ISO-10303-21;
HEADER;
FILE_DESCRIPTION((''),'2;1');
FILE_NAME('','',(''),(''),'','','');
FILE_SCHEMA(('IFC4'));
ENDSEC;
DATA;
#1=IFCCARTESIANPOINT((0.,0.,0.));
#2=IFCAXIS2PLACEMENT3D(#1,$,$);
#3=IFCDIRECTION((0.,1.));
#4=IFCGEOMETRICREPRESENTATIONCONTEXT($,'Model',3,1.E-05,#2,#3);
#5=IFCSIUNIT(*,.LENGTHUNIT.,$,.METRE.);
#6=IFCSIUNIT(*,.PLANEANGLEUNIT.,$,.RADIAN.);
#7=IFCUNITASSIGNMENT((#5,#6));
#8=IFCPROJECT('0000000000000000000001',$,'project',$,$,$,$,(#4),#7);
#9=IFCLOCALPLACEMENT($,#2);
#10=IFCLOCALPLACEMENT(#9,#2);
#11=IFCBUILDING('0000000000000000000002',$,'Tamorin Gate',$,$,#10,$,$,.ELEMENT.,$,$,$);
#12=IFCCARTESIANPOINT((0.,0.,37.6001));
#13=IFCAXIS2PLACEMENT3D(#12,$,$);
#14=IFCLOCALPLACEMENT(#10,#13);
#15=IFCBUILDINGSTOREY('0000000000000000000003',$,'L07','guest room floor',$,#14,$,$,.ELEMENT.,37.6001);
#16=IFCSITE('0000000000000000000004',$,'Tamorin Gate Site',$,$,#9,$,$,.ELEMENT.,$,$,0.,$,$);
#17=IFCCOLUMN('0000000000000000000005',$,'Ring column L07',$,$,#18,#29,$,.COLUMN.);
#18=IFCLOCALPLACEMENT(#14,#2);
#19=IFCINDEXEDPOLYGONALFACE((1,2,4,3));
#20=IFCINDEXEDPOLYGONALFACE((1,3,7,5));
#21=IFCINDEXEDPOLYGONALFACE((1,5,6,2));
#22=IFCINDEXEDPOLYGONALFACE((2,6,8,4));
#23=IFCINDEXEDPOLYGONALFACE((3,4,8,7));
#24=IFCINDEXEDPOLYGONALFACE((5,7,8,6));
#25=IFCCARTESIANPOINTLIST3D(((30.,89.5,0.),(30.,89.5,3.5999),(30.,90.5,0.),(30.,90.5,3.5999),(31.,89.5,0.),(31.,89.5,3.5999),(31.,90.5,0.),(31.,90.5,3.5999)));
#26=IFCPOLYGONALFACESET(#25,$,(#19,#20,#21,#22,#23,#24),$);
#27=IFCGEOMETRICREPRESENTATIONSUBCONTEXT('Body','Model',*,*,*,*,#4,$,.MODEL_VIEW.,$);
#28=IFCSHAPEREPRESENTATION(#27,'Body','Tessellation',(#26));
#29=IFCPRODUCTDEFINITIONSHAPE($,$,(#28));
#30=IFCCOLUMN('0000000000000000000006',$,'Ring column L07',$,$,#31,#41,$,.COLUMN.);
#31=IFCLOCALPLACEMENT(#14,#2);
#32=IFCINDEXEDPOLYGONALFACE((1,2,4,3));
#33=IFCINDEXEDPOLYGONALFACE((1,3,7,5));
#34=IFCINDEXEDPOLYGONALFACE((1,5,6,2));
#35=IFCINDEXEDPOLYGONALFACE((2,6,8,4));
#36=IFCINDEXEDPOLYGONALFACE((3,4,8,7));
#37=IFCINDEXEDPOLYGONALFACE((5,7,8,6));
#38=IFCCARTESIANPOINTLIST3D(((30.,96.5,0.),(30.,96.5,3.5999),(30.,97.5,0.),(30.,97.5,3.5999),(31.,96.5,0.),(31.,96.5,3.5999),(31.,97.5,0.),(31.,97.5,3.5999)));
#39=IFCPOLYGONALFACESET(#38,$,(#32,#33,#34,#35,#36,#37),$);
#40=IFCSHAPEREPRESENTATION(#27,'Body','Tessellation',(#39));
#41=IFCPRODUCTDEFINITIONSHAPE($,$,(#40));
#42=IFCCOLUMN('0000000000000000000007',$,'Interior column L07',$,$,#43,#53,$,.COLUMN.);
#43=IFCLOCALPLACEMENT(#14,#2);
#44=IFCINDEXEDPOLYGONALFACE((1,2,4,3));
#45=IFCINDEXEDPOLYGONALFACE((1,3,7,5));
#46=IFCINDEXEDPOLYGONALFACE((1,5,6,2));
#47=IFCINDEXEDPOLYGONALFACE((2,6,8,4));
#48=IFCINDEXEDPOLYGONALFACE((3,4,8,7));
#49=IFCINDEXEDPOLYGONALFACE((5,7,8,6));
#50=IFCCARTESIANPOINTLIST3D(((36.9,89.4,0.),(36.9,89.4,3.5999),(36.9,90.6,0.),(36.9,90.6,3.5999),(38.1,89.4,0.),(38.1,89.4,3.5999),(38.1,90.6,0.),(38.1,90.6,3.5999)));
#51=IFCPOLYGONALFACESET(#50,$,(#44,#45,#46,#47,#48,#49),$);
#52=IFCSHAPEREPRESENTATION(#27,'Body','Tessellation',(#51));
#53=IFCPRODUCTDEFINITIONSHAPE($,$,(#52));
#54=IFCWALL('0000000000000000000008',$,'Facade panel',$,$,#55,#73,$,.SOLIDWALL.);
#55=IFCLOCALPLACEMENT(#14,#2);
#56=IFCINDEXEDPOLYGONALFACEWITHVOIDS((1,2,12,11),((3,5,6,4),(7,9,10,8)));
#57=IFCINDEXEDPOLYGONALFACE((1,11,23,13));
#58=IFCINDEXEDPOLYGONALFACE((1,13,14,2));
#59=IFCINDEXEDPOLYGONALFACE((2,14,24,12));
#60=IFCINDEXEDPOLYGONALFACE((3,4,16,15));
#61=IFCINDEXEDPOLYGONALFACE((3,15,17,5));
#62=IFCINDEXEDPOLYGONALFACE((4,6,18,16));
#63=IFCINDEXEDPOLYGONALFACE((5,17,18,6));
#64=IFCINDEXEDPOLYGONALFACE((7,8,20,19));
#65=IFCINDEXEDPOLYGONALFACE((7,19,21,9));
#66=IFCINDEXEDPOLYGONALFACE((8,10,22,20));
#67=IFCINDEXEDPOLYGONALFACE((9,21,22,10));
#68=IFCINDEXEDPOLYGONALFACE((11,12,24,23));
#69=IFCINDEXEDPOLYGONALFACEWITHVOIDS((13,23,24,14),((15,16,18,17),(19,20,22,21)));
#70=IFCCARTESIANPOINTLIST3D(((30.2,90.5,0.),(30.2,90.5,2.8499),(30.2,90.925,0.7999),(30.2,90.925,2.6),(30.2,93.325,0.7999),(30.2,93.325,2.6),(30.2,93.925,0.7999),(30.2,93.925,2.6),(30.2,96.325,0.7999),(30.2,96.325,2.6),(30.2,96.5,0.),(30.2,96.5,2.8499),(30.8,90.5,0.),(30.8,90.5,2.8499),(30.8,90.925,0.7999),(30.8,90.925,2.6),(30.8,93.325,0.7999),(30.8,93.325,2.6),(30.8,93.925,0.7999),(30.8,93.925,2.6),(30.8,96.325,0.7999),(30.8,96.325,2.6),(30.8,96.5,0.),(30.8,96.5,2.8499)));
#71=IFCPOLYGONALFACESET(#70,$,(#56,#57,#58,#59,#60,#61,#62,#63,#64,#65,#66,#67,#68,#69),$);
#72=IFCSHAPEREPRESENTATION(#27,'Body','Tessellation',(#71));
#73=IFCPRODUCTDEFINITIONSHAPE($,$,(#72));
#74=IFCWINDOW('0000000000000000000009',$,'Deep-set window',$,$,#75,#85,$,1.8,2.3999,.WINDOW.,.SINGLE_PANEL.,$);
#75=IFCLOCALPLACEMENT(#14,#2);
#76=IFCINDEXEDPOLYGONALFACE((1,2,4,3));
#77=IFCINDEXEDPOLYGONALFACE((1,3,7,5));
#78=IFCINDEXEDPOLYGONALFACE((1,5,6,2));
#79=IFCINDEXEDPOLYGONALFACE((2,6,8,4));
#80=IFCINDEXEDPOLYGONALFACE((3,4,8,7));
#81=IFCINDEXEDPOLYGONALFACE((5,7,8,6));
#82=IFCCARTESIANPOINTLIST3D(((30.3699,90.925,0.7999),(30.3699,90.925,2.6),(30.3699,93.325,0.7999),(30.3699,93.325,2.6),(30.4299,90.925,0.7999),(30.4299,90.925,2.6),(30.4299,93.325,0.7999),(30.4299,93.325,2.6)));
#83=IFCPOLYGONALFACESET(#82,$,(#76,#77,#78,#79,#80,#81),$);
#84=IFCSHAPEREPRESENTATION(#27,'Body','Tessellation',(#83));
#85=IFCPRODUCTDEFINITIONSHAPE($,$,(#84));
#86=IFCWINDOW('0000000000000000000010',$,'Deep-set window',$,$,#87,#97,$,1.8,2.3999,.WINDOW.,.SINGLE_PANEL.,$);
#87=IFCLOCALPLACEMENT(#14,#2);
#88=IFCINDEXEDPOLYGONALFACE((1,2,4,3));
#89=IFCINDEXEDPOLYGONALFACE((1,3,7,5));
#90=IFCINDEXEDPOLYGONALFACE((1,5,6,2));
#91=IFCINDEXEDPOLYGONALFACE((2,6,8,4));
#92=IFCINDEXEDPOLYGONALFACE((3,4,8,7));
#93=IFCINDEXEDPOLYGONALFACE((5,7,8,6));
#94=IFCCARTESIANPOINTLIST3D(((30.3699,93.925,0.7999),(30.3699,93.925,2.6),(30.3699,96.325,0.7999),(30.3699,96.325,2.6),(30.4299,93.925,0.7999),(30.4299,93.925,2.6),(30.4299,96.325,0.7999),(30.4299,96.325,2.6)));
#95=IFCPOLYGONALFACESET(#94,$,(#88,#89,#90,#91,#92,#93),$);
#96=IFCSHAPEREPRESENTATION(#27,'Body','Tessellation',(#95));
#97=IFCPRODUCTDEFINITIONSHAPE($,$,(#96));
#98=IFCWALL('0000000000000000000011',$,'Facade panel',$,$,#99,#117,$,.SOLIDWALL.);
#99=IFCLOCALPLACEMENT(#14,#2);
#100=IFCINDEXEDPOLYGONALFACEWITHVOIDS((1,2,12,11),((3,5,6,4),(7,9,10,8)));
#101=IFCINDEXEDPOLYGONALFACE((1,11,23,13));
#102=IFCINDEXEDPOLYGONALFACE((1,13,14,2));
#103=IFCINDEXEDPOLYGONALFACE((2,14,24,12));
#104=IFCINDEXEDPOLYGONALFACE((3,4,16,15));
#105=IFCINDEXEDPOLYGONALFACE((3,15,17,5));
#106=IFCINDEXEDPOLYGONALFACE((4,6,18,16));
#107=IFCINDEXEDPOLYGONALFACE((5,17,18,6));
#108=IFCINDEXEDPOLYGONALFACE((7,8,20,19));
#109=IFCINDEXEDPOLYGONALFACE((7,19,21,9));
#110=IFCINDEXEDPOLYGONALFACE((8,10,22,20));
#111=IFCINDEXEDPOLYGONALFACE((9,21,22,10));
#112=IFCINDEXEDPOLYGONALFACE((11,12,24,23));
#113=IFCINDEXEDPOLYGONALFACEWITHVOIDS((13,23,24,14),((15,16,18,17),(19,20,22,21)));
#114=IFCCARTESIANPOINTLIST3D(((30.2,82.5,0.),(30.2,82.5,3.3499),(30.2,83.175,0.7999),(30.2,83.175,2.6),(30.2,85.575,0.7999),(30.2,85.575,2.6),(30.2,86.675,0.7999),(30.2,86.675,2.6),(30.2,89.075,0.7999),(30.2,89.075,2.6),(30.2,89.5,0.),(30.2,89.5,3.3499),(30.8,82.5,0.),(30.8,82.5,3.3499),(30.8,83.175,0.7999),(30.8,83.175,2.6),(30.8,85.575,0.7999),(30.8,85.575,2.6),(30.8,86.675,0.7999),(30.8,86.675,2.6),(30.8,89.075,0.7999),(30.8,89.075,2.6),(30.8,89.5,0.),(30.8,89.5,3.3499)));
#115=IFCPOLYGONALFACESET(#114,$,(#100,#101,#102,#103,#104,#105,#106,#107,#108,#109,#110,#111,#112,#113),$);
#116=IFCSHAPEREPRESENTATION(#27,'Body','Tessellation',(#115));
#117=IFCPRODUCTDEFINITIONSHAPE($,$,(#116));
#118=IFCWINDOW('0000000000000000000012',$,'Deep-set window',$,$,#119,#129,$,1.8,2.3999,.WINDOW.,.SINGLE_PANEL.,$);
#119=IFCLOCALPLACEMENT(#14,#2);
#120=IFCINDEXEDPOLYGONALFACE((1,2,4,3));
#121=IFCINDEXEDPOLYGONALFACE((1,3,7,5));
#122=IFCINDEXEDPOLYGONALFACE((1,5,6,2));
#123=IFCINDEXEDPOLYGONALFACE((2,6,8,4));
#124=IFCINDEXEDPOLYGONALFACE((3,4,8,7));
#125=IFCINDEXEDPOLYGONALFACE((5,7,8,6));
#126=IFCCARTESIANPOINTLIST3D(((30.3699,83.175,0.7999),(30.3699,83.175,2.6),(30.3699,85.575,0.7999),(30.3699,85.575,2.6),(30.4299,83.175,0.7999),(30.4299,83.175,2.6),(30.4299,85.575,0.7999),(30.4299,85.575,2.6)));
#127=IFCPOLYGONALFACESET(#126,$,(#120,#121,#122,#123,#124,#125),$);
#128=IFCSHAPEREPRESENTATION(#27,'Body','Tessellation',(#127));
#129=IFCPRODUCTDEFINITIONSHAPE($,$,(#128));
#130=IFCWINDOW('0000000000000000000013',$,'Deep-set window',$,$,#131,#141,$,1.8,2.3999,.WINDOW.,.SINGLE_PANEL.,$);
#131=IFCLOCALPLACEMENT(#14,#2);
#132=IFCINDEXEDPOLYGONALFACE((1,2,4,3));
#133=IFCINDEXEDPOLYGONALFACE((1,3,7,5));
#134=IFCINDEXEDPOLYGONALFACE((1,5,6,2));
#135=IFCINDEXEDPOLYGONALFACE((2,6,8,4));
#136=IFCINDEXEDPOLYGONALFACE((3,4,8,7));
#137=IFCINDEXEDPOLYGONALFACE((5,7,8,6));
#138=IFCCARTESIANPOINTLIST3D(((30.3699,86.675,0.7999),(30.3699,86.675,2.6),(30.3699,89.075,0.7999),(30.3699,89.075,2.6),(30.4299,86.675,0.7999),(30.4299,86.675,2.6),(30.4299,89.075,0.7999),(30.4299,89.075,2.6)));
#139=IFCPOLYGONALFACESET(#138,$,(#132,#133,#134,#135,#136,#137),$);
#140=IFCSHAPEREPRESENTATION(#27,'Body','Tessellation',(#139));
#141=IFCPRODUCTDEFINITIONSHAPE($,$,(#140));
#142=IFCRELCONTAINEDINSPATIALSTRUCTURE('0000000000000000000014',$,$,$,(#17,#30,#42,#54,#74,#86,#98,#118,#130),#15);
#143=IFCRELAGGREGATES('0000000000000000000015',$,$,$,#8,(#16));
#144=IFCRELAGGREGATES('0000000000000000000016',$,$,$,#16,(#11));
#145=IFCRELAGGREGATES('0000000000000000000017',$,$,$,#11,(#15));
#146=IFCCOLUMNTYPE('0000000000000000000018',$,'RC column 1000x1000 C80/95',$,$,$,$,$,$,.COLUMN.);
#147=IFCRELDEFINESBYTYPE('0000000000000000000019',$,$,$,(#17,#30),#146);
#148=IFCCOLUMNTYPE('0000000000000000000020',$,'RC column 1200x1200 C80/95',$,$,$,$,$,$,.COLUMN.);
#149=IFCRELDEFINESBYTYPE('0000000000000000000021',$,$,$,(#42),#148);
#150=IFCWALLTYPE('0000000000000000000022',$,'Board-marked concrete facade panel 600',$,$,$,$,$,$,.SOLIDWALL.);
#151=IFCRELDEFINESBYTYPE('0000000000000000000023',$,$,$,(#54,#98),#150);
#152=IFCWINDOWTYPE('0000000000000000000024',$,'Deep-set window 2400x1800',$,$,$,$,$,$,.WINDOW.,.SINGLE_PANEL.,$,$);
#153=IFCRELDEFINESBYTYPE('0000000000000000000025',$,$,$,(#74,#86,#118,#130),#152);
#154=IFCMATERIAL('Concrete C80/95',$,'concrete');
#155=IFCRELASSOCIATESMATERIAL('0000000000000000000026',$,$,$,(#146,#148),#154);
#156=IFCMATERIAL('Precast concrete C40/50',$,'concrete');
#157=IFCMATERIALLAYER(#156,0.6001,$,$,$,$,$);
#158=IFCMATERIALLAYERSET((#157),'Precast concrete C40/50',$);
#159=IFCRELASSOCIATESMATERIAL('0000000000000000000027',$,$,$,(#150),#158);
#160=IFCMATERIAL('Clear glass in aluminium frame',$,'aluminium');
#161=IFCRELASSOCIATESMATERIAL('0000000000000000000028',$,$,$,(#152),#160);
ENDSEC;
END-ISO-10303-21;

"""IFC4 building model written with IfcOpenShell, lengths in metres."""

from ifc_helpers import new_model, si_unit, direction, frame, frame_2d, origin, origin_2d, place, context, subcontext, project, spatial, rectangle, extrude, material, layer, layer_set, material_profile, profile_set, type_object, element, fill, save


model = new_model("IFC4")

# Units and contexts
model_context = context("Model", 3, precision=1e-05, world=origin(), true_north=direction((0.0, 1.0)))
body_context = subcontext(model_context, "Body", "Model", "MODEL_VIEW")
ifc_project = project(units=[si_unit("LENGTHUNIT", "METRE"), si_unit("PLANEANGLEUNIT", "RADIAN")], contexts=[model_context])

# Site, building, storey
site_placement = place(None, origin())
site = spatial("IfcSite", under=ifc_project, at=site_placement, Name="Tamorin Gate Site", CompositionType="ELEMENT", RefElevation=0.0)
building_placement = place(site_placement, origin())
building = spatial("IfcBuilding", under=site, at=building_placement, Name="Tamorin Gate", CompositionType="ELEMENT")
storey_placement = place(building_placement, frame((0.0, 0.0, 37.6001)))
storey = spatial("IfcBuildingStorey", under=building, at=storey_placement, Name="L07", Description="guest room floor", CompositionType="ELEMENT", Elevation=37.6001)

# Columns
ifc_material_1 = material(Name="Concrete C80/95", Category="concrete")
ifc_material_profile_1 = material_profile(ifc_material_1, rectangle(XDim=1.0, YDim=1.0, at=origin_2d()), Name="RC 1000x1000")
ifc_profile_set_1 = profile_set([ifc_material_profile_1], Name="Concrete C80/95")
column_type_1 = type_object("IfcColumnType", Name="RC column 1000x1000 C80/95", PredefinedType="COLUMN", material=ifc_profile_set_1)
for number, where, z_axis, x_axis, name in (
    (1, (30.5, 90.0, 0.0), (0.0, 0.0, 1.0), (1.0, 0.0, 0.0), "Ring column L07"),
    (2, (30.5, 97.0, 0.0), (0.0, 0.0, 1.0), (1.0, 0.0, 0.0), "Ring column L07"),
):
    element("IfcColumn", number, at=place(storey_placement, frame(where, z_axis=z_axis, x_axis=x_axis)), inside=storey, type_object=column_type_1, Name=name, PredefinedType="COLUMN", context=body_context, shape_type="SweptSolid", body=[
        extrude(rectangle(XDim=1.0, YDim=1.0, at=origin_2d()), origin(), (0.0, 0.0, 1.0), 3.5999),
    ])
ifc_material_profile_2 = material_profile(ifc_material_1, rectangle(XDim=1.2, YDim=1.2, at=origin_2d()), Name="RC 1200x1200")
ifc_profile_set_2 = profile_set([ifc_material_profile_2], Name="Concrete C80/95")
column_type_2 = type_object("IfcColumnType", Name="RC column 1200x1200 C80/95", PredefinedType="COLUMN", material=ifc_profile_set_2)
column_placement = place(storey_placement, frame((37.5, 90.0, 0.0), z_axis=(0.0, 0.0, 1.0), x_axis=(1.0, 0.0, 0.0)))
element("IfcColumn", 3, at=column_placement, inside=storey, type_object=column_type_2, Name="Interior column L07", PredefinedType="COLUMN", context=body_context, shape_type="SweptSolid", body=[
    extrude(rectangle(XDim=1.2, YDim=1.2, at=origin_2d()), origin(), (0.0, 0.0, 1.0), 3.5999),
])

# Walls, openings, windows
ifc_material_2 = material(Name="Precast concrete C40/50", Category="concrete")
ifc_layer_1 = layer(ifc_material_2, 0.6001)
ifc_layer_set_1 = layer_set([ifc_layer_1], Name="Precast concrete C40/50")
wall_type_1 = type_object("IfcWallType", Name="Board-marked concrete facade panel 600", PredefinedType="SOLIDWALL", material=ifc_layer_set_1)
wall_1_placement = place(storey_placement, frame((30.5, 96.5, 0.0), z_axis=(0.0, 0.0, 1.0), x_axis=(0.0, -1.0, 0.0)))
wall_1 = element("IfcWall", 4, at=wall_1_placement, inside=storey, type_object=wall_type_1, Name="Facade panel", PredefinedType="SOLIDWALL", context=body_context, shape_type="SweptSolid", body=[
    extrude(rectangle(XDim=6.0, YDim=0.6001, at=frame_2d((3.0, 0.0))), origin(), (0.0, 0.0, 1.0), 2.8499),
])
opening_1_placement = place(wall_1_placement, frame((3.175, 0.0, 0.8)))
opening_1 = element("IfcOpeningElement", 5, at=opening_1_placement, cuts=wall_1, PredefinedType="OPENING", context=body_context, shape_type="SweptSolid", body=[
    extrude(rectangle(XDim=2.3999, YDim=1.8, at=frame_2d((1.2, 0.8999))), frame((0.0, 0.3101, 0.0), z_axis=(0.0, -1.0, 0.0), x_axis=(1.0, 0.0, 0.0)), (0.0, 0.0, 1.0), 0.6201),
])
opening_2_placement = place(wall_1_placement, frame((0.175, 0.0, 0.8)))
opening_2 = element("IfcOpeningElement", 6, at=opening_2_placement, cuts=wall_1, PredefinedType="OPENING", context=body_context, shape_type="SweptSolid", body=[
    extrude(rectangle(XDim=2.3999, YDim=1.8, at=frame_2d((1.2, 0.8999))), frame((0.0, 0.3101, 0.0), z_axis=(0.0, -1.0, 0.0), x_axis=(1.0, 0.0, 0.0)), (0.0, 0.0, 1.0), 0.6201),
])
ifc_material_3 = material(Name="Clear glass in aluminium frame", Category="aluminium")
window_type = type_object("IfcWindowType", Name="Deep-set window 2400x1800", PartitioningType="SINGLE_PANEL", PredefinedType="WINDOW", material=ifc_material_3)
window_1_placement = place(opening_1_placement, origin())
window_1 = element("IfcWindow", 7, at=window_1_placement, inside=storey, type_object=window_type, Name="Deep-set window", OverallHeight=1.8, OverallWidth=2.3999, PartitioningType="SINGLE_PANEL", PredefinedType="WINDOW", context=body_context, shape_type="SweptSolid", body=[
    extrude(rectangle(XDim=2.3999, YDim=1.8, at=frame_2d((1.2, 0.8999))), frame((0.0, -0.0701, 0.0), z_axis=(0.0, -1.0, 0.0), x_axis=(1.0, 0.0, 0.0)), (0.0, 0.0, 1.0), 0.0601),
])
fill(opening_1, window_1)
window_2_placement = place(opening_2_placement, origin())
window_2 = element("IfcWindow", 8, at=window_2_placement, inside=storey, type_object=window_type, Name="Deep-set window", OverallHeight=1.8, OverallWidth=2.3999, PartitioningType="SINGLE_PANEL", PredefinedType="WINDOW", context=body_context, shape_type="SweptSolid", body=[
    extrude(rectangle(XDim=2.3999, YDim=1.8, at=frame_2d((1.2, 0.8999))), frame((0.0, -0.0701, 0.0), z_axis=(0.0, -1.0, 0.0), x_axis=(1.0, 0.0, 0.0)), (0.0, 0.0, 1.0), 0.0601),
])
fill(opening_2, window_2)
wall_2_placement = place(storey_placement, frame((30.5, 89.5, 0.0), z_axis=(0.0, 0.0, 1.0), x_axis=(0.0, -1.0, 0.0)))
wall_2 = element("IfcWall", 9, at=wall_2_placement, inside=storey, type_object=wall_type_1, Name="Facade panel", PredefinedType="SOLIDWALL", context=body_context, shape_type="SweptSolid", body=[
    extrude(rectangle(XDim=7.0, YDim=0.6001, at=frame_2d((3.5, 0.0))), origin(), (0.0, 0.0, 1.0), 3.3499),
])
opening_3_placement = place(wall_2_placement, frame((3.925, 0.0, 0.8)))
opening_3 = element("IfcOpeningElement", 10, at=opening_3_placement, cuts=wall_2, PredefinedType="OPENING", context=body_context, shape_type="SweptSolid", body=[
    extrude(rectangle(XDim=2.3999, YDim=1.8, at=frame_2d((1.2, 0.8999))), frame((0.0, 0.3101, 0.0), z_axis=(0.0, -1.0, 0.0), x_axis=(1.0, 0.0, 0.0)), (0.0, 0.0, 1.0), 0.6201),
])
opening_4_placement = place(wall_2_placement, frame((0.425, 0.0, 0.8)))
opening_4 = element("IfcOpeningElement", 11, at=opening_4_placement, cuts=wall_2, PredefinedType="OPENING", context=body_context, shape_type="SweptSolid", body=[
    extrude(rectangle(XDim=2.3999, YDim=1.8, at=frame_2d((1.2, 0.8999))), frame((0.0, 0.3101, 0.0), z_axis=(0.0, -1.0, 0.0), x_axis=(1.0, 0.0, 0.0)), (0.0, 0.0, 1.0), 0.6201),
])
window_3_placement = place(opening_3_placement, origin())
window_3 = element("IfcWindow", 12, at=window_3_placement, inside=storey, type_object=window_type, Name="Deep-set window", OverallHeight=1.8, OverallWidth=2.3999, PartitioningType="SINGLE_PANEL", PredefinedType="WINDOW", context=body_context, shape_type="SweptSolid", body=[
    extrude(rectangle(XDim=2.3999, YDim=1.8, at=frame_2d((1.2, 0.8999))), frame((0.0, -0.0701, 0.0), z_axis=(0.0, -1.0, 0.0), x_axis=(1.0, 0.0, 0.0)), (0.0, 0.0, 1.0), 0.0601),
])
fill(opening_3, window_3)
window_4_placement = place(opening_4_placement, origin())
window_4 = element("IfcWindow", 13, at=window_4_placement, inside=storey, type_object=window_type, Name="Deep-set window", OverallHeight=1.8, OverallWidth=2.3999, PartitioningType="SINGLE_PANEL", PredefinedType="WINDOW", context=body_context, shape_type="SweptSolid", body=[
    extrude(rectangle(XDim=2.3999, YDim=1.8, at=frame_2d((1.2, 0.8999))), frame((0.0, -0.0701, 0.0), z_axis=(0.0, -1.0, 0.0), x_axis=(1.0, 0.0, 0.0)), (0.0, 0.0, 1.0), 0.0601),
])
fill(opening_4, window_4)

save(model, "model.ifc")
